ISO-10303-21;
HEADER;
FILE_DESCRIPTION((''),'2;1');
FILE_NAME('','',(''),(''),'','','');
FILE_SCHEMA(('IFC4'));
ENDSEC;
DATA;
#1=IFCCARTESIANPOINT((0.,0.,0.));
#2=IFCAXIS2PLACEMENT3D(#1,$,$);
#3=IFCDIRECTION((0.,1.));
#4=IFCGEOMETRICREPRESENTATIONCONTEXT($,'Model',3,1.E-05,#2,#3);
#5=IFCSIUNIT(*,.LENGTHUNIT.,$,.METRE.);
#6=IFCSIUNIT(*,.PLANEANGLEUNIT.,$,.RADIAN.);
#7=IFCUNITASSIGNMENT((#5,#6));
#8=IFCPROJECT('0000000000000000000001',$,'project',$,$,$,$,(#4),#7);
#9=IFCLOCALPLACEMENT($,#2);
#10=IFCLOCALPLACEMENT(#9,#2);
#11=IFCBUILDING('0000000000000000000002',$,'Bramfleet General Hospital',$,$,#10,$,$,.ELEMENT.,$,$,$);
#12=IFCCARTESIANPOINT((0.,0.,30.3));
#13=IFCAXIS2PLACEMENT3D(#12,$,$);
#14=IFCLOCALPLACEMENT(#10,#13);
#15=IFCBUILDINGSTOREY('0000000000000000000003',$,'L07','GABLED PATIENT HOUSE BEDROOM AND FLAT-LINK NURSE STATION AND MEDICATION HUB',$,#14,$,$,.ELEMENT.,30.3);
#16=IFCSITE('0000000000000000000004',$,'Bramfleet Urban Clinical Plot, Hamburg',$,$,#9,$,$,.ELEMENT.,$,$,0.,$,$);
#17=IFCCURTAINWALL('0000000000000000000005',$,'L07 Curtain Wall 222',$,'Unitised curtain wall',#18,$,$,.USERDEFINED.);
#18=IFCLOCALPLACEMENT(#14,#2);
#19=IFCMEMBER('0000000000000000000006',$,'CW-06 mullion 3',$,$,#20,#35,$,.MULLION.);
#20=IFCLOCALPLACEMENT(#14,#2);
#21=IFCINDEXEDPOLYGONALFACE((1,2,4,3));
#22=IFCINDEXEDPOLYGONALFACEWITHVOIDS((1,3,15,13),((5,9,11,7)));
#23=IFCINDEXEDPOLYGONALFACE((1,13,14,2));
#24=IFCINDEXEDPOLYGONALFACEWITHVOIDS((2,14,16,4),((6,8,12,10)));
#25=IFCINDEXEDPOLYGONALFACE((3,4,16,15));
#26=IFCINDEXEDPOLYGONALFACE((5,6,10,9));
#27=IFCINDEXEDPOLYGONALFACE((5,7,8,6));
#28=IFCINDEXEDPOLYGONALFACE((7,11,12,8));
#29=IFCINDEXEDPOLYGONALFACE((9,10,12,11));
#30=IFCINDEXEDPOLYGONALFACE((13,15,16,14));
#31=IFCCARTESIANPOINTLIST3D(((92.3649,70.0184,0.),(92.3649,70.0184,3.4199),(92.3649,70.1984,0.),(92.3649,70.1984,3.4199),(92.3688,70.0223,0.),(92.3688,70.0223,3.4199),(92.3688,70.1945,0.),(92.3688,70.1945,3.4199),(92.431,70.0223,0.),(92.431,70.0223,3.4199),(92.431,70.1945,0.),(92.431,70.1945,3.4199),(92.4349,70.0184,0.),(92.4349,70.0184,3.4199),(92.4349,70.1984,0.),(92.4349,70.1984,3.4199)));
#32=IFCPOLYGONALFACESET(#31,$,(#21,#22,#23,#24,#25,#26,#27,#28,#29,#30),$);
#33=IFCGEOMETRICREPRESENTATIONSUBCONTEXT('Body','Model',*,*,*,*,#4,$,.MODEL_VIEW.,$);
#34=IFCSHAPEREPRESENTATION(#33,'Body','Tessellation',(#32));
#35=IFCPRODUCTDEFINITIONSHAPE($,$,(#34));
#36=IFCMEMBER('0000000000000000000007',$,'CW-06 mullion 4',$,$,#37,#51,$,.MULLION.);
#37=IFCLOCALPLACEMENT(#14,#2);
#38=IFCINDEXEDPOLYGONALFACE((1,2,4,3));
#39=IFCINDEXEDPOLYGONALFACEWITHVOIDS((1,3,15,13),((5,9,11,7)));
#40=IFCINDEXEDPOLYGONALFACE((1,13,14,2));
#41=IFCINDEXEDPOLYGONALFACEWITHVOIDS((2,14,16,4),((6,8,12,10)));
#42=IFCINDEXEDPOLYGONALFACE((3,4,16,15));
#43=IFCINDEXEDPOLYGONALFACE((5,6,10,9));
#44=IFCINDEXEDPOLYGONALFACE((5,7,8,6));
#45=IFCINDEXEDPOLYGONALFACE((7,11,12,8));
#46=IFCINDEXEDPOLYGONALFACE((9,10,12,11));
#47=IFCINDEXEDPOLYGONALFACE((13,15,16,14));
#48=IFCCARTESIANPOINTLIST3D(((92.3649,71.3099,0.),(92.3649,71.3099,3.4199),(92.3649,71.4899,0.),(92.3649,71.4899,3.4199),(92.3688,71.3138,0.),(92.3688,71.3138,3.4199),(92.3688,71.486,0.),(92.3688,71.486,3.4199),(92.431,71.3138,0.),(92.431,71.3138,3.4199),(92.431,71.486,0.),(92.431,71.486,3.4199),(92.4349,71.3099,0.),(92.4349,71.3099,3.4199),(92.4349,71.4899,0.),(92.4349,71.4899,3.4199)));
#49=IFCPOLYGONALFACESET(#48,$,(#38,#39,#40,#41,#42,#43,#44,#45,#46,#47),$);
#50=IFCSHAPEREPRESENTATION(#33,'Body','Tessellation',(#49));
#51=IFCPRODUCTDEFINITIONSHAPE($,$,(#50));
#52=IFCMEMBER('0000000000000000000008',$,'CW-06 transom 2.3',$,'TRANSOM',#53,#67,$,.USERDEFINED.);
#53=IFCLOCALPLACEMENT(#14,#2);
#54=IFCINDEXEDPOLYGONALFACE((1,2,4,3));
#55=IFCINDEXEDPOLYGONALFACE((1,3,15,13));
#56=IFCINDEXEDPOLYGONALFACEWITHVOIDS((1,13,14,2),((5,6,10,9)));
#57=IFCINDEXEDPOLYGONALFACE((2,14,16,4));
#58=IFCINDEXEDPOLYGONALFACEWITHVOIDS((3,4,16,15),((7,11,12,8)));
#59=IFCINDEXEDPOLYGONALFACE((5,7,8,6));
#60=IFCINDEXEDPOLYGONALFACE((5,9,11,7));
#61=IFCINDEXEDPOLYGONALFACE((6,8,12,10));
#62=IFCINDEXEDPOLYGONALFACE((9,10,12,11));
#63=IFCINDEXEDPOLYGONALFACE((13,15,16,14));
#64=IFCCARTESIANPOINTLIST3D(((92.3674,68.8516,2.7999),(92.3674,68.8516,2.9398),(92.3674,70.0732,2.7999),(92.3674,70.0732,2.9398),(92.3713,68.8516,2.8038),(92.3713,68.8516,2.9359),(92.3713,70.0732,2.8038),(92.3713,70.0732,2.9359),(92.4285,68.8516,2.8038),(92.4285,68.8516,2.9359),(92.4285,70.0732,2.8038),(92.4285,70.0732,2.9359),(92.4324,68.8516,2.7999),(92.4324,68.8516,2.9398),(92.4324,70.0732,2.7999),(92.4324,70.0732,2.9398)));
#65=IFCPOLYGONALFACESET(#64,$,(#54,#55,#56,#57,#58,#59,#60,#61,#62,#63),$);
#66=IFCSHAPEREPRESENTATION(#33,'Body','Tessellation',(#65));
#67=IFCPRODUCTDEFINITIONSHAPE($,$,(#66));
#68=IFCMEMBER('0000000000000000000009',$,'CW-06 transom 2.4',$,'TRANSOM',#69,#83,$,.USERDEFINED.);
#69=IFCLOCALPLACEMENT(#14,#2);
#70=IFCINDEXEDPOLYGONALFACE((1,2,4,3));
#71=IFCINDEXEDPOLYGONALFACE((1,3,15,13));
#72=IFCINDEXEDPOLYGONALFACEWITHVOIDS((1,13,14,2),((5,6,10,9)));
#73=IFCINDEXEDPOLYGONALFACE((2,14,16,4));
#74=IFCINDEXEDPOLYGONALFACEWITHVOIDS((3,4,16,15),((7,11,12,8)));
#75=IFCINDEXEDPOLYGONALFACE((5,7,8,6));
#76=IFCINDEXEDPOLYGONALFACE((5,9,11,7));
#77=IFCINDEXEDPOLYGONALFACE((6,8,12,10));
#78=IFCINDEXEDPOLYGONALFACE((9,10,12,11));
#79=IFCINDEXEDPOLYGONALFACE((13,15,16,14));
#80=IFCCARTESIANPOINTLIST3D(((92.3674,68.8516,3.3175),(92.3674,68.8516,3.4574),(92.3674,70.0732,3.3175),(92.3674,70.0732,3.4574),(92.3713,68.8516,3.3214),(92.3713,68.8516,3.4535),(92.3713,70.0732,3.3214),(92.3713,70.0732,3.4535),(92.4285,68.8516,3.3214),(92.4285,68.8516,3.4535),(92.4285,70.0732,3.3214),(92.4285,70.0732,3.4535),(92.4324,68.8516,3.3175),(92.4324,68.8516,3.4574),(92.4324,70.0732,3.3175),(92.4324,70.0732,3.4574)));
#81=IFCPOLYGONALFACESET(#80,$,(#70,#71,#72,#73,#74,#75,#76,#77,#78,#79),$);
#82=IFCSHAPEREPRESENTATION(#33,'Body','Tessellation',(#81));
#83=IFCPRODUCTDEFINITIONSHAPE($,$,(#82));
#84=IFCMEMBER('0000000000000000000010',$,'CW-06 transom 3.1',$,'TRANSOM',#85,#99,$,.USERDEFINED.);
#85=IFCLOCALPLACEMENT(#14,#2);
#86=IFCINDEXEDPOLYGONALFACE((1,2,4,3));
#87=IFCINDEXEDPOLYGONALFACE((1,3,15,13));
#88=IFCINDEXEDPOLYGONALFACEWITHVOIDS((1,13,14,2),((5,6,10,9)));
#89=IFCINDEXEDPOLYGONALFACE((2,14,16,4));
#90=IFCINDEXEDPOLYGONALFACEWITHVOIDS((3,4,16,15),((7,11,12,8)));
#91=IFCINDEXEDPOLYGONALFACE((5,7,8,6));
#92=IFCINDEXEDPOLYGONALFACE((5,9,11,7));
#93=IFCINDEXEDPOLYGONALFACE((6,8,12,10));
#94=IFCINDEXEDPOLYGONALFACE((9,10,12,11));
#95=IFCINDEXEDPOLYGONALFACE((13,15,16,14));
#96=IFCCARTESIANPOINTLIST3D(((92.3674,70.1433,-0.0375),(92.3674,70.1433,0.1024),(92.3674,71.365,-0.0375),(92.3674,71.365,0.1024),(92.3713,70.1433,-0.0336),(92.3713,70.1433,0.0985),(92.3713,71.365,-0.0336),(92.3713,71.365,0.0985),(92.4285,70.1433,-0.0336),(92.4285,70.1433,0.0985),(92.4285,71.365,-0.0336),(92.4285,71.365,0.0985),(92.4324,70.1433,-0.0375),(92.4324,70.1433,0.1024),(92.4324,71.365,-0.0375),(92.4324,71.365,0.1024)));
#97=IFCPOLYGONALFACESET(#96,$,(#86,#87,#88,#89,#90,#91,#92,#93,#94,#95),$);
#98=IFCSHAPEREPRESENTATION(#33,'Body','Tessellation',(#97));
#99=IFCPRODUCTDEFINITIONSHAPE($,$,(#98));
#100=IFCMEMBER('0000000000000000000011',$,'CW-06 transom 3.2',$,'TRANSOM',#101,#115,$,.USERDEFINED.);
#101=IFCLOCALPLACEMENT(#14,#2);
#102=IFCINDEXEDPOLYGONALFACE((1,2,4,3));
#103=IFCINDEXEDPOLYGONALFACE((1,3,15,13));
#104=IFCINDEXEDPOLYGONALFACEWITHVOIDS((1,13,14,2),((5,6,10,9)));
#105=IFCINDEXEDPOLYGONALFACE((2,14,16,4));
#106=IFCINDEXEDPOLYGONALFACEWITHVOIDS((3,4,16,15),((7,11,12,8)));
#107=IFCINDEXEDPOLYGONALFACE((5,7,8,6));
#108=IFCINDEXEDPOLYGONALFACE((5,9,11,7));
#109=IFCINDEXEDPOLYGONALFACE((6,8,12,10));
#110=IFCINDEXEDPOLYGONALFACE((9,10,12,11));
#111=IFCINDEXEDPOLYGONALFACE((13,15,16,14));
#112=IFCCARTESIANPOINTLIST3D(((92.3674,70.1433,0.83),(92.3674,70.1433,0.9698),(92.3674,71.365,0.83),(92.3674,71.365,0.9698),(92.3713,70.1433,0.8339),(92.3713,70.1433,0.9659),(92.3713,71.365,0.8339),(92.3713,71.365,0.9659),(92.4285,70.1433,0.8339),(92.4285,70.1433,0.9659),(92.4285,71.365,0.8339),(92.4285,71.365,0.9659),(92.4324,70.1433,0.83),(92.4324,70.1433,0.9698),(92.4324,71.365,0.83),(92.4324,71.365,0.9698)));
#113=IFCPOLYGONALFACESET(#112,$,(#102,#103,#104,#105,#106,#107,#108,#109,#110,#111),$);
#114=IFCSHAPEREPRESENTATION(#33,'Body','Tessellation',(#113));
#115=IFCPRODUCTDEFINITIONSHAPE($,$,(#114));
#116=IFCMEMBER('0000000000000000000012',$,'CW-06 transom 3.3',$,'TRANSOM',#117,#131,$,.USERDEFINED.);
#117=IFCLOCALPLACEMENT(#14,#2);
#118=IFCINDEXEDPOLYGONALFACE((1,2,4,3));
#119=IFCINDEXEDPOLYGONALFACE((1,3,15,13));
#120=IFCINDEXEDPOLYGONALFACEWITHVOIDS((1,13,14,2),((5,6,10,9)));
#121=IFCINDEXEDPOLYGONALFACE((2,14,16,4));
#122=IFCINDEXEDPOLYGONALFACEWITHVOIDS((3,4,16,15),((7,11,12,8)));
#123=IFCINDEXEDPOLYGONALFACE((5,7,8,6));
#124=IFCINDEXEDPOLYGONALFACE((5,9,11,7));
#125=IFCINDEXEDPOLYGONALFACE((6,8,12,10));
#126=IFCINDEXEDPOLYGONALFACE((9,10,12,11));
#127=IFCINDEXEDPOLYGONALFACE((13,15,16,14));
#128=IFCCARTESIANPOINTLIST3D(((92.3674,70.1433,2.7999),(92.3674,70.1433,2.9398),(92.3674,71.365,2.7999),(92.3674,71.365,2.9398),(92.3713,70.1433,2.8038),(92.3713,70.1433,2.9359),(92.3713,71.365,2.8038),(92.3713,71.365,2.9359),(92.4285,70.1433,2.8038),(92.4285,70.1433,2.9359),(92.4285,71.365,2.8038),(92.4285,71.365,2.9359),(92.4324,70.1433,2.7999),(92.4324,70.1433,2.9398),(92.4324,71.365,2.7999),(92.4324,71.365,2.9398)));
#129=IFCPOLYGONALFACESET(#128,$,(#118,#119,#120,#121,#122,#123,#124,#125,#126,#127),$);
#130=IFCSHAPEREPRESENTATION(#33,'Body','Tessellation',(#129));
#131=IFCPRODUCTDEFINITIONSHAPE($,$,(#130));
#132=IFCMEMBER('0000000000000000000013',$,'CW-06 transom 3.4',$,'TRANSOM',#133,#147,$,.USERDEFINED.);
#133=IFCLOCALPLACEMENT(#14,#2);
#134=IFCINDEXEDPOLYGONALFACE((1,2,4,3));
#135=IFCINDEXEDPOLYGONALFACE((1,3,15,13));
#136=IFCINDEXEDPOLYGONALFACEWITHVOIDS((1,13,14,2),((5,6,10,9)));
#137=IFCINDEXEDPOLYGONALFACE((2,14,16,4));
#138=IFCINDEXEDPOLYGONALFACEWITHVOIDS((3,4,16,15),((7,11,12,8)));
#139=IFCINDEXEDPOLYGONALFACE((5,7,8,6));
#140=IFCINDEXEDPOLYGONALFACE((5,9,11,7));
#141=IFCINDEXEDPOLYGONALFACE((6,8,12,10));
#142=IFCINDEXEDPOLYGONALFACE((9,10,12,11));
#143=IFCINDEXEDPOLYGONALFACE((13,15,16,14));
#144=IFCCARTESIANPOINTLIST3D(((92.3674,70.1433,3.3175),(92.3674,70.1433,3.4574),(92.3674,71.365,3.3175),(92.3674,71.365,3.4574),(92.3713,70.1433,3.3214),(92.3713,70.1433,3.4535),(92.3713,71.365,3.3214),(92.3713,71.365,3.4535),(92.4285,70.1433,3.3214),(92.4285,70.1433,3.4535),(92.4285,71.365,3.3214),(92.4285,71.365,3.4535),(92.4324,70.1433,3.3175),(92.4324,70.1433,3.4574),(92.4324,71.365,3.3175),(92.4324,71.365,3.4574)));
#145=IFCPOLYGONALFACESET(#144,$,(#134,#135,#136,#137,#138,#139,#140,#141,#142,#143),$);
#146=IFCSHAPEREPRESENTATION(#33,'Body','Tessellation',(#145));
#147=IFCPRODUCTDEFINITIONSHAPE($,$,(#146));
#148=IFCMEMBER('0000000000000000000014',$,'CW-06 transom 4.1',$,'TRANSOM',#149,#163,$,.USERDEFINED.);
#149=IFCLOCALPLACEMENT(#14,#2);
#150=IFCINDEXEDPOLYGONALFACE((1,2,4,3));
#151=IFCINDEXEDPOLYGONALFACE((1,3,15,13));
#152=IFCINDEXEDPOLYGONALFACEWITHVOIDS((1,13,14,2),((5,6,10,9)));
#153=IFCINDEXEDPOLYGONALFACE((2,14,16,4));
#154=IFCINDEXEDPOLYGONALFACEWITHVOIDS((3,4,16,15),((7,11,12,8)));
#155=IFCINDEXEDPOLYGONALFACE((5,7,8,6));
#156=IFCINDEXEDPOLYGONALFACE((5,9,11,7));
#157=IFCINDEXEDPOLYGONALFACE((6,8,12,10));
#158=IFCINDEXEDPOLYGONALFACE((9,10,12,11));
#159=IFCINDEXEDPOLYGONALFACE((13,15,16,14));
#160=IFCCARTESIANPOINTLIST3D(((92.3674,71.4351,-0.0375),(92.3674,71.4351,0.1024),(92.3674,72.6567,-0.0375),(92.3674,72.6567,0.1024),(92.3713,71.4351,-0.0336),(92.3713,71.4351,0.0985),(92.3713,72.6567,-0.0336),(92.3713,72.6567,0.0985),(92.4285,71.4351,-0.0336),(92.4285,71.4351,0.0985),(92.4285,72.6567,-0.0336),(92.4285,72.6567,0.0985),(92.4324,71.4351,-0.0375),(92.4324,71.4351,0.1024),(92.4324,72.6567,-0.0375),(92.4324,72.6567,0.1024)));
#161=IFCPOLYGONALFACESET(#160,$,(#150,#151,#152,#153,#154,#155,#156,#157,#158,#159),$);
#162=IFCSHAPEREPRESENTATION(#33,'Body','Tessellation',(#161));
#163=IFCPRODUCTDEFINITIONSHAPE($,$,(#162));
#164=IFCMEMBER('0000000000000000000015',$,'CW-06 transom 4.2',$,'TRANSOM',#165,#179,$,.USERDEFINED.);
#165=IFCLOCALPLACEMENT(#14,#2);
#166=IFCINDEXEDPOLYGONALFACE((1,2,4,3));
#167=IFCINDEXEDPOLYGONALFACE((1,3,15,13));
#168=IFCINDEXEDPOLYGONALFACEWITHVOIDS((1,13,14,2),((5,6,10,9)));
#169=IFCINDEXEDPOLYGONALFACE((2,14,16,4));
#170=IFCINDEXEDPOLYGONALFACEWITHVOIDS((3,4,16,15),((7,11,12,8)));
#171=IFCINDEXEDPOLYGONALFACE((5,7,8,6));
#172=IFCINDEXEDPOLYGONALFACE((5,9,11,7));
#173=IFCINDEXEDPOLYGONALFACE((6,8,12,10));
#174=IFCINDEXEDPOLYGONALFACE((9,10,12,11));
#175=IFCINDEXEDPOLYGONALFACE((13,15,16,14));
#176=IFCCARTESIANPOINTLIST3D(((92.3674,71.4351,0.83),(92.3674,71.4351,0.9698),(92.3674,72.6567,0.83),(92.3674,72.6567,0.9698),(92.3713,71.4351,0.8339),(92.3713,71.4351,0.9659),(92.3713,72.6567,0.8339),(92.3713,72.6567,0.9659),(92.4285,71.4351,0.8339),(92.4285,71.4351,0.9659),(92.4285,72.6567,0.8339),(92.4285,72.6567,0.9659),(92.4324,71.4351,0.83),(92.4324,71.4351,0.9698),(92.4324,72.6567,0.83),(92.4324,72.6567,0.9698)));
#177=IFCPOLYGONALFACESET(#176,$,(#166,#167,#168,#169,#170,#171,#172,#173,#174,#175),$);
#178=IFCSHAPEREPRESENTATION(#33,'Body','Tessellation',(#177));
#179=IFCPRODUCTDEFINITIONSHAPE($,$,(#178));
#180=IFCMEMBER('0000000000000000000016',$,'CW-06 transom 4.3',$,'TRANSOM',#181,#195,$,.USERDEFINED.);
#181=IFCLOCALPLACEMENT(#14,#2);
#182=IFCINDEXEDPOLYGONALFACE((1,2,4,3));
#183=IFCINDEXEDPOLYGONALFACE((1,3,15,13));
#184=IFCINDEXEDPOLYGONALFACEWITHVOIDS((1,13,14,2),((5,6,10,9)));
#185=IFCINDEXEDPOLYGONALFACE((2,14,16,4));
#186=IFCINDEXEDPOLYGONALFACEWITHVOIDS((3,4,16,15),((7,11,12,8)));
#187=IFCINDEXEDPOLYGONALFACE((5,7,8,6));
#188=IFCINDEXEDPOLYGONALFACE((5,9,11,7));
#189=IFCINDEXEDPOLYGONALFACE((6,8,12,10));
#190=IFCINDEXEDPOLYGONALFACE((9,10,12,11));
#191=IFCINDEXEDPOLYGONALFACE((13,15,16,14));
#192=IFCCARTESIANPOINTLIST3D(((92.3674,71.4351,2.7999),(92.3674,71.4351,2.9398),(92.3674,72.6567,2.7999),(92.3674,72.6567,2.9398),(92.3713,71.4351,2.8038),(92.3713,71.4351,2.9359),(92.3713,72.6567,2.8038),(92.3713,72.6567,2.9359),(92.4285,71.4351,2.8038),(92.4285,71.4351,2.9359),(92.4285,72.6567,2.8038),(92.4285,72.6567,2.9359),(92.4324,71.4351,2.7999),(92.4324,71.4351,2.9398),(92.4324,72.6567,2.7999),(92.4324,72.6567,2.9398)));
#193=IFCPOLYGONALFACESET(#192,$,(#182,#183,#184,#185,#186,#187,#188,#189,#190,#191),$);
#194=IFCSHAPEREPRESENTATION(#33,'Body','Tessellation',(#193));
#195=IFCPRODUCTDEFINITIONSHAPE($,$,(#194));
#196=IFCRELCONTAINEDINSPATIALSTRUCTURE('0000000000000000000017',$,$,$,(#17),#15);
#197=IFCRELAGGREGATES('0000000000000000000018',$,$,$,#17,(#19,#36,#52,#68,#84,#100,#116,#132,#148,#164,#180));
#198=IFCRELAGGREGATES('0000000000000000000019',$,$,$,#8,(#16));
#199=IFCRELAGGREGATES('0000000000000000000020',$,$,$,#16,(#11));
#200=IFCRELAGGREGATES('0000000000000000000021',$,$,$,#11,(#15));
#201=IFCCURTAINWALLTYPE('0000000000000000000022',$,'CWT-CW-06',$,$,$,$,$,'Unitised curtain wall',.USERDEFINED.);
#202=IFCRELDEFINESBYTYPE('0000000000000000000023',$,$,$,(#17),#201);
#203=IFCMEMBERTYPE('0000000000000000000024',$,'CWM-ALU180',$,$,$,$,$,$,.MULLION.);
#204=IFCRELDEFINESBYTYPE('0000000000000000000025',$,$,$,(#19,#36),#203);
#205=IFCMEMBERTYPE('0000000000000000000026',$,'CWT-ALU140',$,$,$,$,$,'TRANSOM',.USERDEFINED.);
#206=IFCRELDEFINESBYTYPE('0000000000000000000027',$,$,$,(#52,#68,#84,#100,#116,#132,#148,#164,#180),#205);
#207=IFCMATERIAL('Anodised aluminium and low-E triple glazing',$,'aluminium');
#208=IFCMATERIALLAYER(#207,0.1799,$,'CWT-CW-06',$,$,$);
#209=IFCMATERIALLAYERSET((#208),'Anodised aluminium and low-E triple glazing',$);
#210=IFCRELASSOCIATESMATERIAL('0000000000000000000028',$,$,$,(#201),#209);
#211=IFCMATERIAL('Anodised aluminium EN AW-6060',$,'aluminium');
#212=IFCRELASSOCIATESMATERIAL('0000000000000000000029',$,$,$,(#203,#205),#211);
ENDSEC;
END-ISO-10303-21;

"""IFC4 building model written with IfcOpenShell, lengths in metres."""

from ifc_helpers import new_model, si_unit, direction, frame, origin, origin_2d, place, context, subcontext, project, spatial, hollow_rectangle, extrude, material, layer, layer_set, material_profile, profile_set, type_object, element, aggregate, save


model = new_model("IFC4")

# Units and contexts
model_context = context("Model", 3, precision=1e-05, world=origin(), true_north=direction((0.0, 1.0)))
body_context = subcontext(model_context, "Body", "Model", "MODEL_VIEW")
ifc_project = project(units=[si_unit("LENGTHUNIT", "METRE"), si_unit("PLANEANGLEUNIT", "RADIAN")], contexts=[model_context])

# Site, building, storey
site_placement = place(None, origin())
site = spatial("IfcSite", under=ifc_project, at=site_placement, Name="Bramfleet Urban Clinical Plot, Hamburg", CompositionType="ELEMENT", RefElevation=0.0)
building_placement = place(site_placement, origin())
building = spatial("IfcBuilding", under=site, at=building_placement, Name="Bramfleet General Hospital", CompositionType="ELEMENT")
storey_placement = place(building_placement, frame((0.0, 0.0, 30.3)))
storey = spatial("IfcBuildingStorey", under=building, at=storey_placement, Name="L07", Description="GABLED PATIENT HOUSE BEDROOM AND FLAT-LINK NURSE STATION AND MEDICATION HUB", CompositionType="ELEMENT", Elevation=30.3)

# Curtain wall, members
ifc_material_1 = material(Name="Anodised aluminium and low-E triple glazing", Category="aluminium")
ifc_layer_1 = layer(ifc_material_1, 0.1799, Name="CWT-CW-06")
ifc_layer_set_1 = layer_set([ifc_layer_1], Name="Anodised aluminium and low-E triple glazing")
curtain_wall_type = type_object("IfcCurtainWallType", Name="CWT-CW-06", ElementType="Unitised curtain wall", PredefinedType="USERDEFINED", material=ifc_layer_set_1)
curtain_wall_placement = place(storey_placement, origin())
curtain_wall = element("IfcCurtainWall", 1, at=curtain_wall_placement, inside=storey, type_object=curtain_wall_type, Name="L07 Curtain Wall 222", ObjectType="Unitised curtain wall", PredefinedType="USERDEFINED")
ifc_material_2 = material(Name="Anodised aluminium EN AW-6060", Category="aluminium")
ifc_material_profile_1 = material_profile(ifc_material_2, hollow_rectangle(XDim=0.0701, YDim=0.1799, WallThickness=0.0039, at=origin_2d()), Name="ALU 180x70x4.0")
ifc_profile_set_1 = profile_set([ifc_material_profile_1], Name="Anodised aluminium EN AW-6060")
member_type_1 = type_object("IfcMemberType", Name="CWM-ALU180", PredefinedType="MULLION", material=ifc_profile_set_1)
member_1_placement = place(storey_placement, frame((92.3999, 70.1084, 0.0), z_axis=(0.0, 0.0, 1.0), x_axis=(-1.0, 0.0, 0.0)))
member_1 = element("IfcMember", 2, at=member_1_placement, type_object=member_type_1, Name="CW-06 mullion 3", PredefinedType="MULLION", context=body_context, shape_type="SweptSolid", body=[
    extrude(hollow_rectangle(XDim=0.0701, YDim=0.1799, WallThickness=0.0039, at=origin_2d()), origin(), (0.0, 0.0, 1.0), 3.4199),
])
member_2_placement = place(storey_placement, frame((92.3999, 71.3999, 0.0), z_axis=(0.0, 0.0, 1.0), x_axis=(-1.0, 0.0, 0.0)))
member_2 = element("IfcMember", 3, at=member_2_placement, type_object=member_type_1, Name="CW-06 mullion 4", PredefinedType="MULLION", context=body_context, shape_type="SweptSolid", body=[
    extrude(hollow_rectangle(XDim=0.0701, YDim=0.1799, WallThickness=0.0039, at=origin_2d()), origin(), (0.0, 0.0, 1.0), 3.4199),
])
ifc_material_profile_2 = material_profile(ifc_material_2, hollow_rectangle(XDim=0.0649, YDim=0.1399, WallThickness=0.0039, at=origin_2d()), Name="ALU 140x65x4.0")
ifc_profile_set_2 = profile_set([ifc_material_profile_2], Name="Anodised aluminium EN AW-6060")
member_type_2 = type_object("IfcMemberType", Name="CWT-ALU140", ElementType="TRANSOM", PredefinedType="USERDEFINED", material=ifc_profile_set_2)
member_3_placement = place(storey_placement, frame((92.3999, 68.8516, 2.8699), z_axis=(0.0, 1.0, 0.0), x_axis=(-1.0, 0.0, 0.0)))
member_3 = element("IfcMember", 4, at=member_3_placement, type_object=member_type_2, Name="CW-06 transom 2.3", ObjectType="TRANSOM", PredefinedType="USERDEFINED", context=body_context, shape_type="SweptSolid", body=[
    extrude(hollow_rectangle(XDim=0.0649, YDim=0.1399, WallThickness=0.0039, at=origin_2d()), origin(), (0.0, 0.0, 1.0), 1.2217),
])
member_4_placement = place(storey_placement, frame((92.3999, 68.8516, 3.3875), z_axis=(0.0, 1.0, 0.0), x_axis=(-1.0, 0.0, 0.0)))
member_4 = element("IfcMember", 5, at=member_4_placement, type_object=member_type_2, Name="CW-06 transom 2.4", ObjectType="TRANSOM", PredefinedType="USERDEFINED", context=body_context, shape_type="SweptSolid", body=[
    extrude(hollow_rectangle(XDim=0.0649, YDim=0.1399, WallThickness=0.0039, at=origin_2d()), origin(), (0.0, 0.0, 1.0), 1.2217),
])
member_5_placement = place(storey_placement, frame((92.3999, 70.1433, 0.0325), z_axis=(0.0, 1.0, 0.0), x_axis=(-1.0, 0.0, 0.0)))
member_5 = element("IfcMember", 6, at=member_5_placement, type_object=member_type_2, Name="CW-06 transom 3.1", ObjectType="TRANSOM", PredefinedType="USERDEFINED", context=body_context, shape_type="SweptSolid", body=[
    extrude(hollow_rectangle(XDim=0.0649, YDim=0.1399, WallThickness=0.0039, at=origin_2d()), origin(), (0.0, 0.0, 1.0), 1.2217),
])
member_6_placement = place(storey_placement, frame((92.3999, 70.1433, 0.8999), z_axis=(0.0, 1.0, 0.0), x_axis=(-1.0, 0.0, 0.0)))
member_6 = element("IfcMember", 7, at=member_6_placement, type_object=member_type_2, Name="CW-06 transom 3.2", ObjectType="TRANSOM", PredefinedType="USERDEFINED", context=body_context, shape_type="SweptSolid", body=[
    extrude(hollow_rectangle(XDim=0.0649, YDim=0.1399, WallThickness=0.0039, at=origin_2d()), origin(), (0.0, 0.0, 1.0), 1.2217),
])
member_7_placement = place(storey_placement, frame((92.3999, 70.1433, 2.8699), z_axis=(0.0, 1.0, 0.0), x_axis=(-1.0, 0.0, 0.0)))
member_7 = element("IfcMember", 8, at=member_7_placement, type_object=member_type_2, Name="CW-06 transom 3.3", ObjectType="TRANSOM", PredefinedType="USERDEFINED", context=body_context, shape_type="SweptSolid", body=[
    extrude(hollow_rectangle(XDim=0.0649, YDim=0.1399, WallThickness=0.0039, at=origin_2d()), origin(), (0.0, 0.0, 1.0), 1.2217),
])
member_8_placement = place(storey_placement, frame((92.3999, 70.1433, 3.3875), z_axis=(0.0, 1.0, 0.0), x_axis=(-1.0, 0.0, 0.0)))
member_8 = element("IfcMember", 9, at=member_8_placement, type_object=member_type_2, Name="CW-06 transom 3.4", ObjectType="TRANSOM", PredefinedType="USERDEFINED", context=body_context, shape_type="SweptSolid", body=[
    extrude(hollow_rectangle(XDim=0.0649, YDim=0.1399, WallThickness=0.0039, at=origin_2d()), origin(), (0.0, 0.0, 1.0), 1.2217),
])
member_9_placement = place(storey_placement, frame((92.3999, 71.4351, 0.0325), z_axis=(0.0, 1.0, 0.0), x_axis=(-1.0, 0.0, 0.0)))
member_9 = element("IfcMember", 10, at=member_9_placement, type_object=member_type_2, Name="CW-06 transom 4.1", ObjectType="TRANSOM", PredefinedType="USERDEFINED", context=body_context, shape_type="SweptSolid", body=[
    extrude(hollow_rectangle(XDim=0.0649, YDim=0.1399, WallThickness=0.0039, at=origin_2d()), origin(), (0.0, 0.0, 1.0), 1.2217),
])
member_10_placement = place(storey_placement, frame((92.3999, 71.4351, 0.8999), z_axis=(0.0, 1.0, 0.0), x_axis=(-1.0, 0.0, 0.0)))
member_10 = element("IfcMember", 11, at=member_10_placement, type_object=member_type_2, Name="CW-06 transom 4.2", ObjectType="TRANSOM", PredefinedType="USERDEFINED", context=body_context, shape_type="SweptSolid", body=[
    extrude(hollow_rectangle(XDim=0.0649, YDim=0.1399, WallThickness=0.0039, at=origin_2d()), origin(), (0.0, 0.0, 1.0), 1.2217),
])
member_11_placement = place(storey_placement, frame((92.3999, 71.4351, 2.8699), z_axis=(0.0, 1.0, 0.0), x_axis=(-1.0, 0.0, 0.0)))
member_11 = element("IfcMember", 12, at=member_11_placement, type_object=member_type_2, Name="CW-06 transom 4.3", ObjectType="TRANSOM", PredefinedType="USERDEFINED", context=body_context, shape_type="SweptSolid", body=[
    extrude(hollow_rectangle(XDim=0.0649, YDim=0.1399, WallThickness=0.0039, at=origin_2d()), origin(), (0.0, 0.0, 1.0), 1.2217),
])
aggregate(curtain_wall, [member_1, member_2, member_3, member_4, member_5, member_6, member_7, member_8, member_9, member_10, member_11])

save(model, "model.ifc")
